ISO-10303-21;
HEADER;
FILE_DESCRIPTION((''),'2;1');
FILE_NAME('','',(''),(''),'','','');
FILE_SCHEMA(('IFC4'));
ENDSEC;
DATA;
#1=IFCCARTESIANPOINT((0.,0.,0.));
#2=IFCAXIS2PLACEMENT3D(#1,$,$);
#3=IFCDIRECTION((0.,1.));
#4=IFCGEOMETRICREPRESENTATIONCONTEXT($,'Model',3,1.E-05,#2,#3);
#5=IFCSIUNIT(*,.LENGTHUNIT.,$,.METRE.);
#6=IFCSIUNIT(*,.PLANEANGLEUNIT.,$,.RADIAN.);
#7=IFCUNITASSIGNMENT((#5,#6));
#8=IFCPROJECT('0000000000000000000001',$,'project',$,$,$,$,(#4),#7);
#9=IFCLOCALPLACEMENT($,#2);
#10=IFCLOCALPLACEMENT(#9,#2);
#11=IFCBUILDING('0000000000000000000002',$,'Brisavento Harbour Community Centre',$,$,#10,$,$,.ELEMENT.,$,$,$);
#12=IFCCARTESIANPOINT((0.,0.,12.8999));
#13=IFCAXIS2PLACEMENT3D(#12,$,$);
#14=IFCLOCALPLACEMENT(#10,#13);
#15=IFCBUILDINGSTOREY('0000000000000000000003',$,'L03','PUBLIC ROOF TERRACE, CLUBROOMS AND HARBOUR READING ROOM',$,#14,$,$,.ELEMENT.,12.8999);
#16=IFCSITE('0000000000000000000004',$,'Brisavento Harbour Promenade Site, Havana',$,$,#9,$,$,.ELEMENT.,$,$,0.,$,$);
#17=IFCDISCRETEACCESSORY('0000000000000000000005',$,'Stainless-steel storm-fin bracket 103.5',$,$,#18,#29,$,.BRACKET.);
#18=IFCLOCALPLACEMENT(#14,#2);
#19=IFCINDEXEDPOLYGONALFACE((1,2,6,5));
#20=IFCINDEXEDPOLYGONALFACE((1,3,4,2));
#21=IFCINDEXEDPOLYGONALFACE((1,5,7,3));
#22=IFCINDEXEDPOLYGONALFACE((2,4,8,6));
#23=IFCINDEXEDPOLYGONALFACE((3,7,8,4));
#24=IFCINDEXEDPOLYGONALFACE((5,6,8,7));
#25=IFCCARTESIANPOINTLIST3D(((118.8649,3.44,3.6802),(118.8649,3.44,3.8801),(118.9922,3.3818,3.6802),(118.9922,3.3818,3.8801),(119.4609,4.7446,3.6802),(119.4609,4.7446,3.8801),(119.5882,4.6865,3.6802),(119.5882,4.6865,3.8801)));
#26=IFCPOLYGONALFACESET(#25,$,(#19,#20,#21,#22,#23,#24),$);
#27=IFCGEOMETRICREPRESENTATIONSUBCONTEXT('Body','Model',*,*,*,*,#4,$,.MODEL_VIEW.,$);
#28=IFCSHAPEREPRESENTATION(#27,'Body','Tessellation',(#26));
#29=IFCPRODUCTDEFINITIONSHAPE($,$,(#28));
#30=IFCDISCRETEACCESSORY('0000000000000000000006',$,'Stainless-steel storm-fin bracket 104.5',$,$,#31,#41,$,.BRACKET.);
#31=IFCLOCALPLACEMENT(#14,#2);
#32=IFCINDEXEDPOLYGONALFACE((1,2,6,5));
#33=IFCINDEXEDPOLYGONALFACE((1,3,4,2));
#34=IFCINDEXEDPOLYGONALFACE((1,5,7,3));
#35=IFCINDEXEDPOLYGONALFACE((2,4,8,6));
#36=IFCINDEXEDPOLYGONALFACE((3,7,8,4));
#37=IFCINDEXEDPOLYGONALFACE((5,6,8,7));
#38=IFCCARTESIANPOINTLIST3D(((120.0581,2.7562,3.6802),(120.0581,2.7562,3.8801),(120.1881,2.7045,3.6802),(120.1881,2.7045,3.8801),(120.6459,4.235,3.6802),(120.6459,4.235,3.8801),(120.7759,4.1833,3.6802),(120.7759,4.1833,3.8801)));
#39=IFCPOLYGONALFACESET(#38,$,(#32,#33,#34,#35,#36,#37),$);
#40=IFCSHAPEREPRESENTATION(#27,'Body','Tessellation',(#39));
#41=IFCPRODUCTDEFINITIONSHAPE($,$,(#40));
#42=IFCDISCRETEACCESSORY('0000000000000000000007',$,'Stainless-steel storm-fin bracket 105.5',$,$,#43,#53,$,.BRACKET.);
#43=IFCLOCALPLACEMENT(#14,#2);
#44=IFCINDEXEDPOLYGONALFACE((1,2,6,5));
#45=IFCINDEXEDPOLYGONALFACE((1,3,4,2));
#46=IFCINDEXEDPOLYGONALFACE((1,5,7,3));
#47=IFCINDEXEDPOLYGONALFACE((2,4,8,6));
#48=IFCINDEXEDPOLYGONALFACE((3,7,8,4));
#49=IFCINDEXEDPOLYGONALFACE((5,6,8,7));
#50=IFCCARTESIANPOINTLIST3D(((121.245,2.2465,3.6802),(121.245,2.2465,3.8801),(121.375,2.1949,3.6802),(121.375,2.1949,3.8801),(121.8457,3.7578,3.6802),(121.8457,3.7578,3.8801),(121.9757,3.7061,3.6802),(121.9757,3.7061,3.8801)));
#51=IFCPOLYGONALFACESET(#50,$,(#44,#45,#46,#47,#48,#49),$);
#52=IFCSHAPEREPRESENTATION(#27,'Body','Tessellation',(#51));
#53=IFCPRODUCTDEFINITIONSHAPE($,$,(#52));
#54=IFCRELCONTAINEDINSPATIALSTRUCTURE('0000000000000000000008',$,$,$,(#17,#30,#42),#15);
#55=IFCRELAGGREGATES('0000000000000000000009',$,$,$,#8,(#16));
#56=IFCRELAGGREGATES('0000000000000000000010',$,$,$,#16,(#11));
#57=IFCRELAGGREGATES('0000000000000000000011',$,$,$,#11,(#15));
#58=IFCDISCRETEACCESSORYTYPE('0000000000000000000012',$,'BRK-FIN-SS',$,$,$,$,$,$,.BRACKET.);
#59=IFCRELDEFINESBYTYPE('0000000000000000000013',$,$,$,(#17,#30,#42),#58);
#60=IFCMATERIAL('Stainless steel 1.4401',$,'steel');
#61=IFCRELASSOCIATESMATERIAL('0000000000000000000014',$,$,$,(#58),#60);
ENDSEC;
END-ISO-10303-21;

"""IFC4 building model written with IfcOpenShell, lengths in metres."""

from ifc_helpers import new_model, si_unit, direction, frame, origin, origin_2d, place, context, subcontext, project, spatial, rectangle, extrude, material, type_object, element, save


model = new_model("IFC4")

# Units and contexts
model_context = context("Model", 3, precision=1e-05, world=origin(), true_north=direction((0.0, 1.0)))
body_context = subcontext(model_context, "Body", "Model", "MODEL_VIEW")
ifc_project = project(units=[si_unit("LENGTHUNIT", "METRE"), si_unit("PLANEANGLEUNIT", "RADIAN")], contexts=[model_context])

# Site, building, storey
site_placement = place(None, origin())
site = spatial("IfcSite", under=ifc_project, at=site_placement, Name="Brisavento Harbour Promenade Site, Havana", CompositionType="ELEMENT", RefElevation=0.0)
building_placement = place(site_placement, origin())
building = spatial("IfcBuilding", under=site, at=building_placement, Name="Brisavento Harbour Community Centre", CompositionType="ELEMENT")
storey_placement = place(building_placement, frame((0.0, 0.0, 12.8999)))
storey = spatial("IfcBuildingStorey", under=building, at=storey_placement, Name="L03", Description="PUBLIC ROOF TERRACE, CLUBROOMS AND HARBOUR READING ROOM", CompositionType="ELEMENT", Elevation=12.8999)

# Shared definitions
ifc_material_1 = material(Name="Stainless steel 1.4401", Category="steel")

# Discrete accessories
discrete_accessory_type = type_object("IfcDiscreteAccessoryType", Name="BRK-FIN-SS", PredefinedType="BRACKET", material=ifc_material_1)
discrete_accessory_1_placement = place(storey_placement, frame((119.2266, 4.0632, 3.6802), z_axis=(0.0, 0.0, 1.0), x_axis=(-0.415519, -0.909585, 0.0)))
element("IfcDiscreteAccessory", 1, at=discrete_accessory_1_placement, inside=storey, type_object=discrete_accessory_type, Name="Stainless-steel storm-fin bracket 103.5", PredefinedType="BRACKET", context=body_context, shape_type="SweptSolid", body=[
    extrude(rectangle(XDim=1.4343, YDim=0.1399, at=origin_2d()), origin(), (0.0, 0.0, 1.0), 0.2),
])
discrete_accessory_2_placement = place(storey_placement, frame((120.417, 3.4697, 3.6802), z_axis=(0.0, 0.0, 1.0), x_axis=(-0.369341, -0.929294, 0.0)))
element("IfcDiscreteAccessory", 2, at=discrete_accessory_2_placement, inside=storey, type_object=discrete_accessory_type, Name="Stainless-steel storm-fin bracket 104.5", PredefinedType="BRACKET", context=body_context, shape_type="SweptSolid", body=[
    extrude(rectangle(XDim=1.5913, YDim=0.1399, at=origin_2d()), origin(), (0.0, 0.0, 1.0), 0.2),
])
discrete_accessory_3_placement = place(storey_placement, frame((121.6104, 2.9763, 3.6802), z_axis=(0.0, 0.0, 1.0), x_axis=(-0.369341, -0.929294, 0.0)))
element("IfcDiscreteAccessory", 3, at=discrete_accessory_3_placement, inside=storey, type_object=discrete_accessory_type, Name="Stainless-steel storm-fin bracket 105.5", PredefinedType="BRACKET", context=body_context, shape_type="SweptSolid", body=[
    extrude(rectangle(XDim=1.6262, YDim=0.1399, at=origin_2d()), origin(), (0.0, 0.0, 1.0), 0.2),
])

save(model, "model.ifc")
